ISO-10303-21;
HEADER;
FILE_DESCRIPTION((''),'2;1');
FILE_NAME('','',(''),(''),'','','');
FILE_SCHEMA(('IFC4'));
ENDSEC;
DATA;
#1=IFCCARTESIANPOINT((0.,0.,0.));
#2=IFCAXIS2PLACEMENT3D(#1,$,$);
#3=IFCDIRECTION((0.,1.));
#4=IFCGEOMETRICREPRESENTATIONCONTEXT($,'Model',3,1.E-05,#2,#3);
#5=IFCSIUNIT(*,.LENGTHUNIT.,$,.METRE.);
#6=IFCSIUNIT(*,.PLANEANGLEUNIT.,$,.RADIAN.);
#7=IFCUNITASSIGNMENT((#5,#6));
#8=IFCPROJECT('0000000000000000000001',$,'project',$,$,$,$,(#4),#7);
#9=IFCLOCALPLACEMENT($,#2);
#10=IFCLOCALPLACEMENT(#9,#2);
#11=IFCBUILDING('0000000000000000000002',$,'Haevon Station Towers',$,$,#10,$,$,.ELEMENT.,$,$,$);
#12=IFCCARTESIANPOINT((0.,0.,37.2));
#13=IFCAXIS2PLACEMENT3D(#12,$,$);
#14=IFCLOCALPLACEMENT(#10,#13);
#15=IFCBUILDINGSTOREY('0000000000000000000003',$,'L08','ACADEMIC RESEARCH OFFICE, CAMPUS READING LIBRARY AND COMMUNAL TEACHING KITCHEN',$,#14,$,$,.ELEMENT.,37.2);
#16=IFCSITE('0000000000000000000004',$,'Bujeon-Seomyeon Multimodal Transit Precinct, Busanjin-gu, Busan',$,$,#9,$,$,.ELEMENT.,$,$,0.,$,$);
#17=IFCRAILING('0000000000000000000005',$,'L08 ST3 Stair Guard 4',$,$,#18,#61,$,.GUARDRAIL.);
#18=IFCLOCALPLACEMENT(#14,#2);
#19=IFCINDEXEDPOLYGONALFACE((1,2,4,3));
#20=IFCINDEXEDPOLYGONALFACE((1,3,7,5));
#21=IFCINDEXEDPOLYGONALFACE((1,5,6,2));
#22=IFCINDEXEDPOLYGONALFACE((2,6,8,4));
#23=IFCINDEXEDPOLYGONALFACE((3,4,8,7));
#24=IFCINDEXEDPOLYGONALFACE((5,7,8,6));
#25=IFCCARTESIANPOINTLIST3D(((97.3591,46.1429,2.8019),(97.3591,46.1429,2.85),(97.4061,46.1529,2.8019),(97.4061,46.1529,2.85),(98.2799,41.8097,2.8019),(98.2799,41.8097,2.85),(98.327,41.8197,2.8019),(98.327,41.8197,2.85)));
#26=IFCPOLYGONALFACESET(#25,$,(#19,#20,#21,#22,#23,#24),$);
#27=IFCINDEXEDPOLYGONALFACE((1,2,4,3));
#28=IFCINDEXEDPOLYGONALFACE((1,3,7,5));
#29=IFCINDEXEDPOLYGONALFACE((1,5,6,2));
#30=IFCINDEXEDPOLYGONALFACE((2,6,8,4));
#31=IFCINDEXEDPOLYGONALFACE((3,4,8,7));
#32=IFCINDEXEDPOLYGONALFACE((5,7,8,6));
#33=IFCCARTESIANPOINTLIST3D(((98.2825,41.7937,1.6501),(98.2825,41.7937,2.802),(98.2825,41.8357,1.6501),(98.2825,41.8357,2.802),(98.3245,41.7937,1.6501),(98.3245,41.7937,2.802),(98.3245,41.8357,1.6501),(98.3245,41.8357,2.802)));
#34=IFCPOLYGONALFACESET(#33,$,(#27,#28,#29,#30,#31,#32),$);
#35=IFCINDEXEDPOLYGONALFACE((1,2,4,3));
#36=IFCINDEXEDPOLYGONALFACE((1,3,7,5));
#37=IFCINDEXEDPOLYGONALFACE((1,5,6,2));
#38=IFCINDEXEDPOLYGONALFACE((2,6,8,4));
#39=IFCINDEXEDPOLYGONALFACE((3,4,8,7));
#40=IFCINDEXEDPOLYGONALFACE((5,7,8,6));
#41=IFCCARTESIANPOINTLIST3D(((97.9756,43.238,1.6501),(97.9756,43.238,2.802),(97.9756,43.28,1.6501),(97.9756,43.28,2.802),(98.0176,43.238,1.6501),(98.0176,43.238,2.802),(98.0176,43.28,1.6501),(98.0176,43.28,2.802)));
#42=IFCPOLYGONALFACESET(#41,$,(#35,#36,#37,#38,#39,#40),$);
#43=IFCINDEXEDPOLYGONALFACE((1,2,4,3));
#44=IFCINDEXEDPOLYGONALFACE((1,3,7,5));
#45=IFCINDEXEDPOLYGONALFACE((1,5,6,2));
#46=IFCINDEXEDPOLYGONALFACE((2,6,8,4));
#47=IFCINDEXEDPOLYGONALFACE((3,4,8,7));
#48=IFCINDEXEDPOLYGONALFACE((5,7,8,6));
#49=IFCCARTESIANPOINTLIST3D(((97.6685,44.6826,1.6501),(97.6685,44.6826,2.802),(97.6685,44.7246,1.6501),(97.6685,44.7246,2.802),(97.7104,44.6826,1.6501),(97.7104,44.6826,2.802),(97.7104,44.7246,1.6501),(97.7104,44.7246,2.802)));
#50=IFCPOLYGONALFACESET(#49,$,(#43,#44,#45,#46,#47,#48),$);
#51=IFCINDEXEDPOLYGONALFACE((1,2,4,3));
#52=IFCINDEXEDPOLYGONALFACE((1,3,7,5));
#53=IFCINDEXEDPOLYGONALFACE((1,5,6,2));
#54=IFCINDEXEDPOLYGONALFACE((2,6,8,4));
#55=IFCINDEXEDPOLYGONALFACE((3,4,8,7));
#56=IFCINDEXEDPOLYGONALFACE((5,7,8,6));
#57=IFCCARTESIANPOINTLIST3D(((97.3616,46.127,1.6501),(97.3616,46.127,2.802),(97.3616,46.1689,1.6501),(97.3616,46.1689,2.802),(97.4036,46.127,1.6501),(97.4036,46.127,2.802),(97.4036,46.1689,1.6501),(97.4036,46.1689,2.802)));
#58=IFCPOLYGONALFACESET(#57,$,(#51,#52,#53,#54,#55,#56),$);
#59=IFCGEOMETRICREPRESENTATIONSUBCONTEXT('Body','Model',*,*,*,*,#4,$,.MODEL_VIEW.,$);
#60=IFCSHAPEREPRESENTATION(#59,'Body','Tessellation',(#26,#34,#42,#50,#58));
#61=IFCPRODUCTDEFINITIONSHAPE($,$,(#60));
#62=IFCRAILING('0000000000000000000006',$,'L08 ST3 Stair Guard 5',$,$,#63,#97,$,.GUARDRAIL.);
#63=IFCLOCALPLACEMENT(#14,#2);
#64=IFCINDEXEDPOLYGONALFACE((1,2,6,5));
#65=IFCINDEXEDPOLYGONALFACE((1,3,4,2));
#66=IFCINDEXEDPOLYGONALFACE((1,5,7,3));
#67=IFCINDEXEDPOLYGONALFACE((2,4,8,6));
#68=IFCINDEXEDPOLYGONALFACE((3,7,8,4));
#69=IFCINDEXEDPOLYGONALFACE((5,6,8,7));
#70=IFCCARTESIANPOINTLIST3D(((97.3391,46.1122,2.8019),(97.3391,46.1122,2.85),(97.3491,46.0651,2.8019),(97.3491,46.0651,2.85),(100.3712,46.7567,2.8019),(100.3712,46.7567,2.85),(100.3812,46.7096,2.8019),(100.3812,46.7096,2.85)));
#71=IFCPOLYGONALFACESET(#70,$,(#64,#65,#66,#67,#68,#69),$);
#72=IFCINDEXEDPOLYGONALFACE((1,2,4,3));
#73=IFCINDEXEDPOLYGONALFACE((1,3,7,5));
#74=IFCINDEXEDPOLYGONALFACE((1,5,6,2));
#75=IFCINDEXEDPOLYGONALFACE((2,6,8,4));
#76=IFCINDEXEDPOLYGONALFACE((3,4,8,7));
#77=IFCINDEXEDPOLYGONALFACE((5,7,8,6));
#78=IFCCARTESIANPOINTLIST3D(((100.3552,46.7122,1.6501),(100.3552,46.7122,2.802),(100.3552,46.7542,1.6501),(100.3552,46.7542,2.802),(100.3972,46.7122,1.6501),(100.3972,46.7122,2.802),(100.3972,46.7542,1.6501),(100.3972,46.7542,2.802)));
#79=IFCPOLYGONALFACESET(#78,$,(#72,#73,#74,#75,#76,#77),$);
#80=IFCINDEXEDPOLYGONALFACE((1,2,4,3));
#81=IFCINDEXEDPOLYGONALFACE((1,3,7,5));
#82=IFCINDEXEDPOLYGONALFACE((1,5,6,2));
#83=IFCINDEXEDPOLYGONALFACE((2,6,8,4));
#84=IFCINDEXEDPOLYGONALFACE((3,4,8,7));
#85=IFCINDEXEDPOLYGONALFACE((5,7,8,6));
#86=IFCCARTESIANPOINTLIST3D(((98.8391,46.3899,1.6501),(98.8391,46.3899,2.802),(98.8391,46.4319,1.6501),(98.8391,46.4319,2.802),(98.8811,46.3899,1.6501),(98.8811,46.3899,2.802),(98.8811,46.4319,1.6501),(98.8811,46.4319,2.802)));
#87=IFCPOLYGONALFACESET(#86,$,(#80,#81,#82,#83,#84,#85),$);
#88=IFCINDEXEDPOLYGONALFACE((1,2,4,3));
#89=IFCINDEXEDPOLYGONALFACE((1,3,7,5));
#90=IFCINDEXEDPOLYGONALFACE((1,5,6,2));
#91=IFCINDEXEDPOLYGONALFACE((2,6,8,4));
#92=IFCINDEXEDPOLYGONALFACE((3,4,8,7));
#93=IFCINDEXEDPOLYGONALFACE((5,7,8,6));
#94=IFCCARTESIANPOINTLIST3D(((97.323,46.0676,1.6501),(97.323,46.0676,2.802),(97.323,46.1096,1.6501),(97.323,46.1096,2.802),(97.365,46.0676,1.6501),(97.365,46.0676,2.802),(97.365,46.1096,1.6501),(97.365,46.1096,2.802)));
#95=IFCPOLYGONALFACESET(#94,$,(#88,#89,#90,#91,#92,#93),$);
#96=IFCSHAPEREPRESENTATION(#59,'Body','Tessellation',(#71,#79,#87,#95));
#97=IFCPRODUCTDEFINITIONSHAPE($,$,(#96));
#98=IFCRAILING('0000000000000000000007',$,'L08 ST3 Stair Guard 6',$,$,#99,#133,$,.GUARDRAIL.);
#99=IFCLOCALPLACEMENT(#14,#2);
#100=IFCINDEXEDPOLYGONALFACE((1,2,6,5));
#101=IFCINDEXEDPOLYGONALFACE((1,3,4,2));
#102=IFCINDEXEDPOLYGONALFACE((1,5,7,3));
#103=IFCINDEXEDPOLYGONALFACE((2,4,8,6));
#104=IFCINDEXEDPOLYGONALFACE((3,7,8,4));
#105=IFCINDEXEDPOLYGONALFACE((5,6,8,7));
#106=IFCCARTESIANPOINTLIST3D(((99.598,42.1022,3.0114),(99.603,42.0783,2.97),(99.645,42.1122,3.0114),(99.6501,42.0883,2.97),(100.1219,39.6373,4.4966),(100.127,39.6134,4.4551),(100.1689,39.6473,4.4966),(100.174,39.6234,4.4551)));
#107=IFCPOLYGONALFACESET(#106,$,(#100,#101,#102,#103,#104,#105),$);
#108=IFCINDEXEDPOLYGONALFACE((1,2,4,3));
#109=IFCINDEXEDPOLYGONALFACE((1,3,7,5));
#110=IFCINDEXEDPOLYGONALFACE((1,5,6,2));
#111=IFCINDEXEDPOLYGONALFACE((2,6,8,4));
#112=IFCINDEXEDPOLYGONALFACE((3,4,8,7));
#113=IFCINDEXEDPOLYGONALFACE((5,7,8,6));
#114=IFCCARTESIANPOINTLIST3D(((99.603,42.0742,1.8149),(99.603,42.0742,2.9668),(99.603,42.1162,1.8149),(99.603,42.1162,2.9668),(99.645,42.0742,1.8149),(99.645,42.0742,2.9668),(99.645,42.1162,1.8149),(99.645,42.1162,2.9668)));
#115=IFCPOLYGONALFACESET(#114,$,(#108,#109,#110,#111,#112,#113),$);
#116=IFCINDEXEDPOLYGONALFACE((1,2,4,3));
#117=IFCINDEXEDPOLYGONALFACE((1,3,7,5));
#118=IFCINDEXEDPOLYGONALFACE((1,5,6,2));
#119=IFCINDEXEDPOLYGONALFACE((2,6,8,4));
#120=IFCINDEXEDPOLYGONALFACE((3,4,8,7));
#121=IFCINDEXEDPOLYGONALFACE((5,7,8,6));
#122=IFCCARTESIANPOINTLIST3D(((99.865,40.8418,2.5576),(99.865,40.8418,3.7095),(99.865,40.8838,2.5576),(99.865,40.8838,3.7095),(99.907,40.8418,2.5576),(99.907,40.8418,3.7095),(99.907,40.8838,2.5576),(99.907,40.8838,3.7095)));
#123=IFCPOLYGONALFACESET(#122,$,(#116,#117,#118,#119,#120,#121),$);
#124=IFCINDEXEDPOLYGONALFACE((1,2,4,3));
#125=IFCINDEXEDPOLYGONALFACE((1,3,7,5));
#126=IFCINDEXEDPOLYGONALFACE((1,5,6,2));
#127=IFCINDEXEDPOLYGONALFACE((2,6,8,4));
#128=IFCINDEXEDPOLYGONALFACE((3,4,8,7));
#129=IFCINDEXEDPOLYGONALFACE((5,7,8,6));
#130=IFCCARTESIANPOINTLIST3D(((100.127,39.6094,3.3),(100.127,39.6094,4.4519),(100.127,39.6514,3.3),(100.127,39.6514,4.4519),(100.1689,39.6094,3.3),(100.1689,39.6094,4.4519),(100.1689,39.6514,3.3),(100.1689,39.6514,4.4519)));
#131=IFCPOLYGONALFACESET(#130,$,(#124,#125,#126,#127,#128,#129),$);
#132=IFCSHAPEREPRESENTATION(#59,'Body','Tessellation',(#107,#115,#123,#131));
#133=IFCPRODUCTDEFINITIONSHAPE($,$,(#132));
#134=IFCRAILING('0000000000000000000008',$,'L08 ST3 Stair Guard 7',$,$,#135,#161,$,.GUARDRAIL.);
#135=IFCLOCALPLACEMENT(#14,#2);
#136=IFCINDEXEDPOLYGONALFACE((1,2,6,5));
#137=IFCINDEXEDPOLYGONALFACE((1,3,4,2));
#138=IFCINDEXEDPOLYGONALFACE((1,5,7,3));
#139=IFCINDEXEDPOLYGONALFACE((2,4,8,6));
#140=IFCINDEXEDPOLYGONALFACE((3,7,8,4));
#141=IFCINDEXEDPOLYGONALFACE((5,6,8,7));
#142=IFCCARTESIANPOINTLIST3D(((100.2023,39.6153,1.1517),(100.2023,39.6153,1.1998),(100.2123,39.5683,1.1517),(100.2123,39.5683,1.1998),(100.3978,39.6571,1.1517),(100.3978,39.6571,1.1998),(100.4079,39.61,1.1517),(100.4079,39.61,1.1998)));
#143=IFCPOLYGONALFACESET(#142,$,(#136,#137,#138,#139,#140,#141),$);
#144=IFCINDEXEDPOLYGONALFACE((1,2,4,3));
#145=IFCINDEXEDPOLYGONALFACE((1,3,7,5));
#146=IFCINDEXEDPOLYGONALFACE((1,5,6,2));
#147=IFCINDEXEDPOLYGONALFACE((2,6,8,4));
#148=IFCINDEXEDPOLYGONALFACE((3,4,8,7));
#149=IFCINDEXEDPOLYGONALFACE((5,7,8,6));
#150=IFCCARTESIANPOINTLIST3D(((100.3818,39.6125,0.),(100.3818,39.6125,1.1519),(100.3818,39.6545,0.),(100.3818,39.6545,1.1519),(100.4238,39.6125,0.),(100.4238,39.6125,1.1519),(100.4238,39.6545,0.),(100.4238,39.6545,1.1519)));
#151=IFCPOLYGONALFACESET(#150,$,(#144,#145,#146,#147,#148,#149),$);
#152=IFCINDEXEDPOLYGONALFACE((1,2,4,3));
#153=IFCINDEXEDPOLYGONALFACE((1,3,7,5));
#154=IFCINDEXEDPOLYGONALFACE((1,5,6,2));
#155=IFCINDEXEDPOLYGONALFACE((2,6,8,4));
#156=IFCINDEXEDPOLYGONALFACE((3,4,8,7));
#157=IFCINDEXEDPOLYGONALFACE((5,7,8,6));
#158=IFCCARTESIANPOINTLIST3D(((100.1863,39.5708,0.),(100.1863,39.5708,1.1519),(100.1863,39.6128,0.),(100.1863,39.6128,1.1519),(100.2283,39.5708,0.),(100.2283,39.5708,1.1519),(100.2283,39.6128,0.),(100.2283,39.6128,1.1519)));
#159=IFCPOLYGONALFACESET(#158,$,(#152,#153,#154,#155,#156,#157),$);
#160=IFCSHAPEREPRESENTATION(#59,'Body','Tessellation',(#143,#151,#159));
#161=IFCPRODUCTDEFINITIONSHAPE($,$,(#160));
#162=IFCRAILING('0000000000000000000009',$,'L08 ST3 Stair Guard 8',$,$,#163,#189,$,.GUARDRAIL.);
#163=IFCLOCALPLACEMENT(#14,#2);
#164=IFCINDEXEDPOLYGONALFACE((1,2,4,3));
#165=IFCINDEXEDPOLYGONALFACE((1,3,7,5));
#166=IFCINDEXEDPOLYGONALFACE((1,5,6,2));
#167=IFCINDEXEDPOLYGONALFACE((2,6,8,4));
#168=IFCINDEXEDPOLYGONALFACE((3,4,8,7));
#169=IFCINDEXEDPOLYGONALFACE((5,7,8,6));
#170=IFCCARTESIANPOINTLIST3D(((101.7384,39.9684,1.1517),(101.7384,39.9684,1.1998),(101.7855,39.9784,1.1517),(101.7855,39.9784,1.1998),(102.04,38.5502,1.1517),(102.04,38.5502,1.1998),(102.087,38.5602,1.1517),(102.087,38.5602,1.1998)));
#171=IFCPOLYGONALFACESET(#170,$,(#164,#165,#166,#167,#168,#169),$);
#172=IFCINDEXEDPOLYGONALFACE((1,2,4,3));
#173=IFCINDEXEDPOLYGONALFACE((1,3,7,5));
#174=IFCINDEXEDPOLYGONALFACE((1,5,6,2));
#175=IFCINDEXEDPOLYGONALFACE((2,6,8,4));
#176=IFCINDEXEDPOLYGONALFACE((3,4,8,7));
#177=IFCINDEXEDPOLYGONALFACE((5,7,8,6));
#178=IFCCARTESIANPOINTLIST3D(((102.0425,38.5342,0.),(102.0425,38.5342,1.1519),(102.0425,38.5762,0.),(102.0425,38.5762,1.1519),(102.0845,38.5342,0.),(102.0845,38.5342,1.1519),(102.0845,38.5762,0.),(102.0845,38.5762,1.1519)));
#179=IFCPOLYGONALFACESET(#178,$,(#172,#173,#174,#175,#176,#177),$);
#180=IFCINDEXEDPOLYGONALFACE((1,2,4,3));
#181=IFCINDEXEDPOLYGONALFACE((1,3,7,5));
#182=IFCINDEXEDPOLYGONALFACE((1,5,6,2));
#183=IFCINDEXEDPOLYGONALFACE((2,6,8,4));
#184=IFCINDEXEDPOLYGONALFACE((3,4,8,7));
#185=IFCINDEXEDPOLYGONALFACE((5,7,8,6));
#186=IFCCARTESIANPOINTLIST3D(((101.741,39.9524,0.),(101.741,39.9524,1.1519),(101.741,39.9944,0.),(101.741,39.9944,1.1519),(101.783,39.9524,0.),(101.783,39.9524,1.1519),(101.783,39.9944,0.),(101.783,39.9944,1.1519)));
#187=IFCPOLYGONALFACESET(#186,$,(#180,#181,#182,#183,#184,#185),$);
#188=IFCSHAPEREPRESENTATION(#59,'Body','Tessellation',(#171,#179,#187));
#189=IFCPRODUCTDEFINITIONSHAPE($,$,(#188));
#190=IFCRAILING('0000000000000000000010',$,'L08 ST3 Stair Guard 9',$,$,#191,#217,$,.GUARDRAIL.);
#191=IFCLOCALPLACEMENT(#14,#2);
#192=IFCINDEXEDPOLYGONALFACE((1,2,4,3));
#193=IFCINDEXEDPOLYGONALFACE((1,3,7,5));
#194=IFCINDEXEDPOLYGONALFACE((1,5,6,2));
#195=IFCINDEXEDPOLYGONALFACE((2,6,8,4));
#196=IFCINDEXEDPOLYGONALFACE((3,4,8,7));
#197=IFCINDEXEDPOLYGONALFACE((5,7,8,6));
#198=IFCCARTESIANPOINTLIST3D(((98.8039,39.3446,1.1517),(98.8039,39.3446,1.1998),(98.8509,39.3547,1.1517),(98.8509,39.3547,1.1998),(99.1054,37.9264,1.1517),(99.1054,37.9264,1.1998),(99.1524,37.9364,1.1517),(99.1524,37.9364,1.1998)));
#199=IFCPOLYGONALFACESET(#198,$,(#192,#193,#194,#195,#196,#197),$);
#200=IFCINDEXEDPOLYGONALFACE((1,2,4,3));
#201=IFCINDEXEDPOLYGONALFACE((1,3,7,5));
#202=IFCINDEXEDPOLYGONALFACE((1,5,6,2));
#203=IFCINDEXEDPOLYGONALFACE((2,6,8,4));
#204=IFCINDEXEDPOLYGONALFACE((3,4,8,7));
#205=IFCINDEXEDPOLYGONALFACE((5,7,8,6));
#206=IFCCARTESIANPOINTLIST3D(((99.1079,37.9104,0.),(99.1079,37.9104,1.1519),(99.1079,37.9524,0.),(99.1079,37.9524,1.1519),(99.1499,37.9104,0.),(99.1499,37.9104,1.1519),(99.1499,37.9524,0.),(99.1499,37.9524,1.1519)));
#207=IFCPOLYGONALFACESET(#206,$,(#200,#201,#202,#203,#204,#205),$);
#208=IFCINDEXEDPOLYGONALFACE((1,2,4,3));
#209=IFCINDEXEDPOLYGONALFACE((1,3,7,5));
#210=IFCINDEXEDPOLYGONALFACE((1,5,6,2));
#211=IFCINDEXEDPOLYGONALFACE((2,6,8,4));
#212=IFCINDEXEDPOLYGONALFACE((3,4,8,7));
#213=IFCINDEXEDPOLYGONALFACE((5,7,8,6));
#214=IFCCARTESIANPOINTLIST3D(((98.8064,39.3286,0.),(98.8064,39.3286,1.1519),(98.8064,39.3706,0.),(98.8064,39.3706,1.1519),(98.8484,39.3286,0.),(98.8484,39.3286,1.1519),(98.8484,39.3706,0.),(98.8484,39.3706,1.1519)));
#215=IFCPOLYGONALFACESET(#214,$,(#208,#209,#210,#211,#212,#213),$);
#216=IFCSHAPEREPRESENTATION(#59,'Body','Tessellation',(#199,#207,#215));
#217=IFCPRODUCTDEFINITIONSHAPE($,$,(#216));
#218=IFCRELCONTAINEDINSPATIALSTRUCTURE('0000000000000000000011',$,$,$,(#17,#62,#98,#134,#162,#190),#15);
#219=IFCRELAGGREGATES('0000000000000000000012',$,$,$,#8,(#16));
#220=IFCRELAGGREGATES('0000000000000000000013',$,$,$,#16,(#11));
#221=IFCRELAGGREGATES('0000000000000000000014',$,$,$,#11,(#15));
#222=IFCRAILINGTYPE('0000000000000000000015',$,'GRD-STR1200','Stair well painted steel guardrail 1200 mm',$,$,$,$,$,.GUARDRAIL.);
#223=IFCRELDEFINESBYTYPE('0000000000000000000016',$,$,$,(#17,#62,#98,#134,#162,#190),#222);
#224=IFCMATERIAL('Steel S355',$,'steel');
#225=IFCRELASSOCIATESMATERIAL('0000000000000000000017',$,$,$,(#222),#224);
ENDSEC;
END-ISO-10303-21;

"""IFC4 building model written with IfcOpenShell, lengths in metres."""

from ifc_helpers import new_model, si_unit, direction, frame, origin, origin_2d, place, context, subcontext, project, spatial, rectangle, extrude, material, type_object, element, save


model = new_model("IFC4")

# Units and contexts
model_context = context("Model", 3, precision=1e-05, world=origin(), true_north=direction((0.0, 1.0)))
body_context = subcontext(model_context, "Body", "Model", "MODEL_VIEW")
ifc_project = project(units=[si_unit("LENGTHUNIT", "METRE"), si_unit("PLANEANGLEUNIT", "RADIAN")], contexts=[model_context])

# Site, building, storey
site_placement = place(None, origin())
site = spatial("IfcSite", under=ifc_project, at=site_placement, Name="Bujeon-Seomyeon Multimodal Transit Precinct, Busanjin-gu, Busan", CompositionType="ELEMENT", RefElevation=0.0)
building_placement = place(site_placement, origin())
building = spatial("IfcBuilding", under=site, at=building_placement, Name="Haevon Station Towers", CompositionType="ELEMENT")
storey_placement = place(building_placement, frame((0.0, 0.0, 37.2)))
storey = spatial("IfcBuildingStorey", under=building, at=storey_placement, Name="L08", Description="ACADEMIC RESEARCH OFFICE, CAMPUS READING LIBRARY AND COMMUNAL TEACHING KITCHEN", CompositionType="ELEMENT", Elevation=37.2)

# Shared definitions
ifc_material_1 = material(Name="Steel S355", Category="steel")

# Railings
railing_type_1 = type_object("IfcRailingType", Name="GRD-STR1200", Description="Stair well painted steel guardrail 1200 mm", PredefinedType="GUARDRAIL", material=ifc_material_1)
railing_1_placement = place(storey_placement, frame((98.3035, 41.8147, 1.6501)))
element("IfcRailing", 1, at=railing_1_placement, inside=storey, type_object=railing_type_1, Name="L08 ST3 Stair Guard 4", PredefinedType="GUARDRAIL", context=body_context, shape_type="SweptSolid", body=[
    extrude(rectangle(XDim=0.0481, YDim=0.0481, at=origin_2d()), frame((0.0, 0.0, 1.1758), z_axis=(-0.207877, 0.978155, 0.0), x_axis=(-0.978155, -0.207877, 0.0)), (0.0, 0.0, 1.0), 4.4299),
    extrude(rectangle(XDim=0.042, YDim=0.042, at=origin_2d()), origin(), (0.0, 0.0, 1.0), 1.1519),
    extrude(rectangle(XDim=0.042, YDim=0.042, at=origin_2d()), frame((-0.3069, 1.4443, 0.0)), (0.0, 0.0, 1.0), 1.1519),
    extrude(rectangle(XDim=0.042, YDim=0.042, at=origin_2d()), frame((-0.614, 2.8889, 0.0)), (0.0, 0.0, 1.0), 1.1519),
    extrude(rectangle(XDim=0.042, YDim=0.042, at=origin_2d()), frame((-0.9209, 4.3333, 0.0)), (0.0, 0.0, 1.0), 1.1519),
])
railing_2_placement = place(storey_placement, frame((100.3762, 46.7332, 1.6501)))
element("IfcRailing", 2, at=railing_2_placement, inside=storey, type_object=railing_type_1, Name="L08 ST3 Stair Guard 5", PredefinedType="GUARDRAIL", context=body_context, shape_type="SweptSolid", body=[
    extrude(rectangle(XDim=0.0481, YDim=0.0481, at=origin_2d()), frame((0.0, 0.0, 1.1758), z_axis=(-0.978147, -0.207915, 0.0), x_axis=(0.207915, -0.978147, 0.0)), (0.0, 0.0, 1.0), 3.0999),
    extrude(rectangle(XDim=0.042, YDim=0.042, at=origin_2d()), origin(), (0.0, 0.0, 1.0), 1.1519),
    extrude(rectangle(XDim=0.042, YDim=0.042, at=origin_2d()), frame((-1.5161, -0.3223, 0.0)), (0.0, 0.0, 1.0), 1.1519),
    extrude(rectangle(XDim=0.042, YDim=0.042, at=origin_2d()), frame((-3.0322, -0.6445, 0.0)), (0.0, 0.0, 1.0), 1.1519),
])
railing_3_placement = place(storey_placement, frame((99.624, 42.0952, 1.8149)))
element("IfcRailing", 3, at=railing_3_placement, inside=storey, type_object=railing_type_1, Name="L08 ST3 Stair Guard 6", PredefinedType="GUARDRAIL", context=body_context, shape_type="SweptSolid", body=[
    extrude(rectangle(XDim=0.0481, YDim=0.0481, at=origin_2d()), frame((0.0, 0.0, 1.1758), z_axis=(0.179121, -0.842688, 0.507733), x_axis=(0.978147, 0.207914, 0.0)), (0.0, 0.0, 1.0), 2.925),
    extrude(rectangle(XDim=0.042, YDim=0.042, at=origin_2d()), origin(), (0.0, 0.0, 1.0), 1.1519),
    extrude(rectangle(XDim=0.042, YDim=0.042, at=origin_2d()), frame((0.262, -1.2324, 0.7427)), (0.0, 0.0, 1.0), 1.1519),
    extrude(rectangle(XDim=0.042, YDim=0.042, at=origin_2d()), frame((0.5239, -2.4648, 1.4851)), (0.0, 0.0, 1.0), 1.1519),
])
railing_4_placement = place(storey_placement, frame((100.4028, 39.6335, 0.0)))
element("IfcRailing", 4, at=railing_4_placement, inside=storey, type_object=railing_type_1, Name="L08 ST3 Stair Guard 7", PredefinedType="GUARDRAIL", context=body_context, shape_type="SweptSolid", body=[
    extrude(rectangle(XDim=0.0481, YDim=0.0481, at=origin_2d()), frame((0.0, 0.0, 1.1758), z_axis=(-0.977963, -0.208779, 0.0), x_axis=(0.208779, -0.977963, 0.0)), (0.0, 0.0, 1.0), 0.2),
    extrude(rectangle(XDim=0.042, YDim=0.042, at=origin_2d()), origin(), (0.0, 0.0, 1.0), 1.1519),
    extrude(rectangle(XDim=0.042, YDim=0.042, at=origin_2d()), frame((-0.1956, -0.0417, 0.0)), (0.0, 0.0, 1.0), 1.1519),
])
for number, where, name in (
    (5, (102.0635, 38.5552, 0.0), "L08 ST3 Stair Guard 8"),
    (6, (99.1289, 37.9314, 0.0), "L08 ST3 Stair Guard 9"),
):
    element("IfcRailing", number, at=place(storey_placement, frame(where)), inside=storey, type_object=railing_type_1, Name=name, PredefinedType="GUARDRAIL", context=body_context, shape_type="SweptSolid", body=[
        extrude(rectangle(XDim=0.0481, YDim=0.0481, at=origin_2d()), frame((0.0, 0.0, 1.1758), z_axis=(-0.207953, 0.978139, 0.0), x_axis=(-0.978139, -0.207953, 0.0)), (0.0, 0.0, 1.0), 1.45),
        extrude(rectangle(XDim=0.042, YDim=0.042, at=origin_2d()), origin(), (0.0, 0.0, 1.0), 1.1519),
        extrude(rectangle(XDim=0.042, YDim=0.042, at=origin_2d()), frame((-0.3015, 1.4182, 0.0)), (0.0, 0.0, 1.0), 1.1519),
    ])

save(model, "model.ifc")
